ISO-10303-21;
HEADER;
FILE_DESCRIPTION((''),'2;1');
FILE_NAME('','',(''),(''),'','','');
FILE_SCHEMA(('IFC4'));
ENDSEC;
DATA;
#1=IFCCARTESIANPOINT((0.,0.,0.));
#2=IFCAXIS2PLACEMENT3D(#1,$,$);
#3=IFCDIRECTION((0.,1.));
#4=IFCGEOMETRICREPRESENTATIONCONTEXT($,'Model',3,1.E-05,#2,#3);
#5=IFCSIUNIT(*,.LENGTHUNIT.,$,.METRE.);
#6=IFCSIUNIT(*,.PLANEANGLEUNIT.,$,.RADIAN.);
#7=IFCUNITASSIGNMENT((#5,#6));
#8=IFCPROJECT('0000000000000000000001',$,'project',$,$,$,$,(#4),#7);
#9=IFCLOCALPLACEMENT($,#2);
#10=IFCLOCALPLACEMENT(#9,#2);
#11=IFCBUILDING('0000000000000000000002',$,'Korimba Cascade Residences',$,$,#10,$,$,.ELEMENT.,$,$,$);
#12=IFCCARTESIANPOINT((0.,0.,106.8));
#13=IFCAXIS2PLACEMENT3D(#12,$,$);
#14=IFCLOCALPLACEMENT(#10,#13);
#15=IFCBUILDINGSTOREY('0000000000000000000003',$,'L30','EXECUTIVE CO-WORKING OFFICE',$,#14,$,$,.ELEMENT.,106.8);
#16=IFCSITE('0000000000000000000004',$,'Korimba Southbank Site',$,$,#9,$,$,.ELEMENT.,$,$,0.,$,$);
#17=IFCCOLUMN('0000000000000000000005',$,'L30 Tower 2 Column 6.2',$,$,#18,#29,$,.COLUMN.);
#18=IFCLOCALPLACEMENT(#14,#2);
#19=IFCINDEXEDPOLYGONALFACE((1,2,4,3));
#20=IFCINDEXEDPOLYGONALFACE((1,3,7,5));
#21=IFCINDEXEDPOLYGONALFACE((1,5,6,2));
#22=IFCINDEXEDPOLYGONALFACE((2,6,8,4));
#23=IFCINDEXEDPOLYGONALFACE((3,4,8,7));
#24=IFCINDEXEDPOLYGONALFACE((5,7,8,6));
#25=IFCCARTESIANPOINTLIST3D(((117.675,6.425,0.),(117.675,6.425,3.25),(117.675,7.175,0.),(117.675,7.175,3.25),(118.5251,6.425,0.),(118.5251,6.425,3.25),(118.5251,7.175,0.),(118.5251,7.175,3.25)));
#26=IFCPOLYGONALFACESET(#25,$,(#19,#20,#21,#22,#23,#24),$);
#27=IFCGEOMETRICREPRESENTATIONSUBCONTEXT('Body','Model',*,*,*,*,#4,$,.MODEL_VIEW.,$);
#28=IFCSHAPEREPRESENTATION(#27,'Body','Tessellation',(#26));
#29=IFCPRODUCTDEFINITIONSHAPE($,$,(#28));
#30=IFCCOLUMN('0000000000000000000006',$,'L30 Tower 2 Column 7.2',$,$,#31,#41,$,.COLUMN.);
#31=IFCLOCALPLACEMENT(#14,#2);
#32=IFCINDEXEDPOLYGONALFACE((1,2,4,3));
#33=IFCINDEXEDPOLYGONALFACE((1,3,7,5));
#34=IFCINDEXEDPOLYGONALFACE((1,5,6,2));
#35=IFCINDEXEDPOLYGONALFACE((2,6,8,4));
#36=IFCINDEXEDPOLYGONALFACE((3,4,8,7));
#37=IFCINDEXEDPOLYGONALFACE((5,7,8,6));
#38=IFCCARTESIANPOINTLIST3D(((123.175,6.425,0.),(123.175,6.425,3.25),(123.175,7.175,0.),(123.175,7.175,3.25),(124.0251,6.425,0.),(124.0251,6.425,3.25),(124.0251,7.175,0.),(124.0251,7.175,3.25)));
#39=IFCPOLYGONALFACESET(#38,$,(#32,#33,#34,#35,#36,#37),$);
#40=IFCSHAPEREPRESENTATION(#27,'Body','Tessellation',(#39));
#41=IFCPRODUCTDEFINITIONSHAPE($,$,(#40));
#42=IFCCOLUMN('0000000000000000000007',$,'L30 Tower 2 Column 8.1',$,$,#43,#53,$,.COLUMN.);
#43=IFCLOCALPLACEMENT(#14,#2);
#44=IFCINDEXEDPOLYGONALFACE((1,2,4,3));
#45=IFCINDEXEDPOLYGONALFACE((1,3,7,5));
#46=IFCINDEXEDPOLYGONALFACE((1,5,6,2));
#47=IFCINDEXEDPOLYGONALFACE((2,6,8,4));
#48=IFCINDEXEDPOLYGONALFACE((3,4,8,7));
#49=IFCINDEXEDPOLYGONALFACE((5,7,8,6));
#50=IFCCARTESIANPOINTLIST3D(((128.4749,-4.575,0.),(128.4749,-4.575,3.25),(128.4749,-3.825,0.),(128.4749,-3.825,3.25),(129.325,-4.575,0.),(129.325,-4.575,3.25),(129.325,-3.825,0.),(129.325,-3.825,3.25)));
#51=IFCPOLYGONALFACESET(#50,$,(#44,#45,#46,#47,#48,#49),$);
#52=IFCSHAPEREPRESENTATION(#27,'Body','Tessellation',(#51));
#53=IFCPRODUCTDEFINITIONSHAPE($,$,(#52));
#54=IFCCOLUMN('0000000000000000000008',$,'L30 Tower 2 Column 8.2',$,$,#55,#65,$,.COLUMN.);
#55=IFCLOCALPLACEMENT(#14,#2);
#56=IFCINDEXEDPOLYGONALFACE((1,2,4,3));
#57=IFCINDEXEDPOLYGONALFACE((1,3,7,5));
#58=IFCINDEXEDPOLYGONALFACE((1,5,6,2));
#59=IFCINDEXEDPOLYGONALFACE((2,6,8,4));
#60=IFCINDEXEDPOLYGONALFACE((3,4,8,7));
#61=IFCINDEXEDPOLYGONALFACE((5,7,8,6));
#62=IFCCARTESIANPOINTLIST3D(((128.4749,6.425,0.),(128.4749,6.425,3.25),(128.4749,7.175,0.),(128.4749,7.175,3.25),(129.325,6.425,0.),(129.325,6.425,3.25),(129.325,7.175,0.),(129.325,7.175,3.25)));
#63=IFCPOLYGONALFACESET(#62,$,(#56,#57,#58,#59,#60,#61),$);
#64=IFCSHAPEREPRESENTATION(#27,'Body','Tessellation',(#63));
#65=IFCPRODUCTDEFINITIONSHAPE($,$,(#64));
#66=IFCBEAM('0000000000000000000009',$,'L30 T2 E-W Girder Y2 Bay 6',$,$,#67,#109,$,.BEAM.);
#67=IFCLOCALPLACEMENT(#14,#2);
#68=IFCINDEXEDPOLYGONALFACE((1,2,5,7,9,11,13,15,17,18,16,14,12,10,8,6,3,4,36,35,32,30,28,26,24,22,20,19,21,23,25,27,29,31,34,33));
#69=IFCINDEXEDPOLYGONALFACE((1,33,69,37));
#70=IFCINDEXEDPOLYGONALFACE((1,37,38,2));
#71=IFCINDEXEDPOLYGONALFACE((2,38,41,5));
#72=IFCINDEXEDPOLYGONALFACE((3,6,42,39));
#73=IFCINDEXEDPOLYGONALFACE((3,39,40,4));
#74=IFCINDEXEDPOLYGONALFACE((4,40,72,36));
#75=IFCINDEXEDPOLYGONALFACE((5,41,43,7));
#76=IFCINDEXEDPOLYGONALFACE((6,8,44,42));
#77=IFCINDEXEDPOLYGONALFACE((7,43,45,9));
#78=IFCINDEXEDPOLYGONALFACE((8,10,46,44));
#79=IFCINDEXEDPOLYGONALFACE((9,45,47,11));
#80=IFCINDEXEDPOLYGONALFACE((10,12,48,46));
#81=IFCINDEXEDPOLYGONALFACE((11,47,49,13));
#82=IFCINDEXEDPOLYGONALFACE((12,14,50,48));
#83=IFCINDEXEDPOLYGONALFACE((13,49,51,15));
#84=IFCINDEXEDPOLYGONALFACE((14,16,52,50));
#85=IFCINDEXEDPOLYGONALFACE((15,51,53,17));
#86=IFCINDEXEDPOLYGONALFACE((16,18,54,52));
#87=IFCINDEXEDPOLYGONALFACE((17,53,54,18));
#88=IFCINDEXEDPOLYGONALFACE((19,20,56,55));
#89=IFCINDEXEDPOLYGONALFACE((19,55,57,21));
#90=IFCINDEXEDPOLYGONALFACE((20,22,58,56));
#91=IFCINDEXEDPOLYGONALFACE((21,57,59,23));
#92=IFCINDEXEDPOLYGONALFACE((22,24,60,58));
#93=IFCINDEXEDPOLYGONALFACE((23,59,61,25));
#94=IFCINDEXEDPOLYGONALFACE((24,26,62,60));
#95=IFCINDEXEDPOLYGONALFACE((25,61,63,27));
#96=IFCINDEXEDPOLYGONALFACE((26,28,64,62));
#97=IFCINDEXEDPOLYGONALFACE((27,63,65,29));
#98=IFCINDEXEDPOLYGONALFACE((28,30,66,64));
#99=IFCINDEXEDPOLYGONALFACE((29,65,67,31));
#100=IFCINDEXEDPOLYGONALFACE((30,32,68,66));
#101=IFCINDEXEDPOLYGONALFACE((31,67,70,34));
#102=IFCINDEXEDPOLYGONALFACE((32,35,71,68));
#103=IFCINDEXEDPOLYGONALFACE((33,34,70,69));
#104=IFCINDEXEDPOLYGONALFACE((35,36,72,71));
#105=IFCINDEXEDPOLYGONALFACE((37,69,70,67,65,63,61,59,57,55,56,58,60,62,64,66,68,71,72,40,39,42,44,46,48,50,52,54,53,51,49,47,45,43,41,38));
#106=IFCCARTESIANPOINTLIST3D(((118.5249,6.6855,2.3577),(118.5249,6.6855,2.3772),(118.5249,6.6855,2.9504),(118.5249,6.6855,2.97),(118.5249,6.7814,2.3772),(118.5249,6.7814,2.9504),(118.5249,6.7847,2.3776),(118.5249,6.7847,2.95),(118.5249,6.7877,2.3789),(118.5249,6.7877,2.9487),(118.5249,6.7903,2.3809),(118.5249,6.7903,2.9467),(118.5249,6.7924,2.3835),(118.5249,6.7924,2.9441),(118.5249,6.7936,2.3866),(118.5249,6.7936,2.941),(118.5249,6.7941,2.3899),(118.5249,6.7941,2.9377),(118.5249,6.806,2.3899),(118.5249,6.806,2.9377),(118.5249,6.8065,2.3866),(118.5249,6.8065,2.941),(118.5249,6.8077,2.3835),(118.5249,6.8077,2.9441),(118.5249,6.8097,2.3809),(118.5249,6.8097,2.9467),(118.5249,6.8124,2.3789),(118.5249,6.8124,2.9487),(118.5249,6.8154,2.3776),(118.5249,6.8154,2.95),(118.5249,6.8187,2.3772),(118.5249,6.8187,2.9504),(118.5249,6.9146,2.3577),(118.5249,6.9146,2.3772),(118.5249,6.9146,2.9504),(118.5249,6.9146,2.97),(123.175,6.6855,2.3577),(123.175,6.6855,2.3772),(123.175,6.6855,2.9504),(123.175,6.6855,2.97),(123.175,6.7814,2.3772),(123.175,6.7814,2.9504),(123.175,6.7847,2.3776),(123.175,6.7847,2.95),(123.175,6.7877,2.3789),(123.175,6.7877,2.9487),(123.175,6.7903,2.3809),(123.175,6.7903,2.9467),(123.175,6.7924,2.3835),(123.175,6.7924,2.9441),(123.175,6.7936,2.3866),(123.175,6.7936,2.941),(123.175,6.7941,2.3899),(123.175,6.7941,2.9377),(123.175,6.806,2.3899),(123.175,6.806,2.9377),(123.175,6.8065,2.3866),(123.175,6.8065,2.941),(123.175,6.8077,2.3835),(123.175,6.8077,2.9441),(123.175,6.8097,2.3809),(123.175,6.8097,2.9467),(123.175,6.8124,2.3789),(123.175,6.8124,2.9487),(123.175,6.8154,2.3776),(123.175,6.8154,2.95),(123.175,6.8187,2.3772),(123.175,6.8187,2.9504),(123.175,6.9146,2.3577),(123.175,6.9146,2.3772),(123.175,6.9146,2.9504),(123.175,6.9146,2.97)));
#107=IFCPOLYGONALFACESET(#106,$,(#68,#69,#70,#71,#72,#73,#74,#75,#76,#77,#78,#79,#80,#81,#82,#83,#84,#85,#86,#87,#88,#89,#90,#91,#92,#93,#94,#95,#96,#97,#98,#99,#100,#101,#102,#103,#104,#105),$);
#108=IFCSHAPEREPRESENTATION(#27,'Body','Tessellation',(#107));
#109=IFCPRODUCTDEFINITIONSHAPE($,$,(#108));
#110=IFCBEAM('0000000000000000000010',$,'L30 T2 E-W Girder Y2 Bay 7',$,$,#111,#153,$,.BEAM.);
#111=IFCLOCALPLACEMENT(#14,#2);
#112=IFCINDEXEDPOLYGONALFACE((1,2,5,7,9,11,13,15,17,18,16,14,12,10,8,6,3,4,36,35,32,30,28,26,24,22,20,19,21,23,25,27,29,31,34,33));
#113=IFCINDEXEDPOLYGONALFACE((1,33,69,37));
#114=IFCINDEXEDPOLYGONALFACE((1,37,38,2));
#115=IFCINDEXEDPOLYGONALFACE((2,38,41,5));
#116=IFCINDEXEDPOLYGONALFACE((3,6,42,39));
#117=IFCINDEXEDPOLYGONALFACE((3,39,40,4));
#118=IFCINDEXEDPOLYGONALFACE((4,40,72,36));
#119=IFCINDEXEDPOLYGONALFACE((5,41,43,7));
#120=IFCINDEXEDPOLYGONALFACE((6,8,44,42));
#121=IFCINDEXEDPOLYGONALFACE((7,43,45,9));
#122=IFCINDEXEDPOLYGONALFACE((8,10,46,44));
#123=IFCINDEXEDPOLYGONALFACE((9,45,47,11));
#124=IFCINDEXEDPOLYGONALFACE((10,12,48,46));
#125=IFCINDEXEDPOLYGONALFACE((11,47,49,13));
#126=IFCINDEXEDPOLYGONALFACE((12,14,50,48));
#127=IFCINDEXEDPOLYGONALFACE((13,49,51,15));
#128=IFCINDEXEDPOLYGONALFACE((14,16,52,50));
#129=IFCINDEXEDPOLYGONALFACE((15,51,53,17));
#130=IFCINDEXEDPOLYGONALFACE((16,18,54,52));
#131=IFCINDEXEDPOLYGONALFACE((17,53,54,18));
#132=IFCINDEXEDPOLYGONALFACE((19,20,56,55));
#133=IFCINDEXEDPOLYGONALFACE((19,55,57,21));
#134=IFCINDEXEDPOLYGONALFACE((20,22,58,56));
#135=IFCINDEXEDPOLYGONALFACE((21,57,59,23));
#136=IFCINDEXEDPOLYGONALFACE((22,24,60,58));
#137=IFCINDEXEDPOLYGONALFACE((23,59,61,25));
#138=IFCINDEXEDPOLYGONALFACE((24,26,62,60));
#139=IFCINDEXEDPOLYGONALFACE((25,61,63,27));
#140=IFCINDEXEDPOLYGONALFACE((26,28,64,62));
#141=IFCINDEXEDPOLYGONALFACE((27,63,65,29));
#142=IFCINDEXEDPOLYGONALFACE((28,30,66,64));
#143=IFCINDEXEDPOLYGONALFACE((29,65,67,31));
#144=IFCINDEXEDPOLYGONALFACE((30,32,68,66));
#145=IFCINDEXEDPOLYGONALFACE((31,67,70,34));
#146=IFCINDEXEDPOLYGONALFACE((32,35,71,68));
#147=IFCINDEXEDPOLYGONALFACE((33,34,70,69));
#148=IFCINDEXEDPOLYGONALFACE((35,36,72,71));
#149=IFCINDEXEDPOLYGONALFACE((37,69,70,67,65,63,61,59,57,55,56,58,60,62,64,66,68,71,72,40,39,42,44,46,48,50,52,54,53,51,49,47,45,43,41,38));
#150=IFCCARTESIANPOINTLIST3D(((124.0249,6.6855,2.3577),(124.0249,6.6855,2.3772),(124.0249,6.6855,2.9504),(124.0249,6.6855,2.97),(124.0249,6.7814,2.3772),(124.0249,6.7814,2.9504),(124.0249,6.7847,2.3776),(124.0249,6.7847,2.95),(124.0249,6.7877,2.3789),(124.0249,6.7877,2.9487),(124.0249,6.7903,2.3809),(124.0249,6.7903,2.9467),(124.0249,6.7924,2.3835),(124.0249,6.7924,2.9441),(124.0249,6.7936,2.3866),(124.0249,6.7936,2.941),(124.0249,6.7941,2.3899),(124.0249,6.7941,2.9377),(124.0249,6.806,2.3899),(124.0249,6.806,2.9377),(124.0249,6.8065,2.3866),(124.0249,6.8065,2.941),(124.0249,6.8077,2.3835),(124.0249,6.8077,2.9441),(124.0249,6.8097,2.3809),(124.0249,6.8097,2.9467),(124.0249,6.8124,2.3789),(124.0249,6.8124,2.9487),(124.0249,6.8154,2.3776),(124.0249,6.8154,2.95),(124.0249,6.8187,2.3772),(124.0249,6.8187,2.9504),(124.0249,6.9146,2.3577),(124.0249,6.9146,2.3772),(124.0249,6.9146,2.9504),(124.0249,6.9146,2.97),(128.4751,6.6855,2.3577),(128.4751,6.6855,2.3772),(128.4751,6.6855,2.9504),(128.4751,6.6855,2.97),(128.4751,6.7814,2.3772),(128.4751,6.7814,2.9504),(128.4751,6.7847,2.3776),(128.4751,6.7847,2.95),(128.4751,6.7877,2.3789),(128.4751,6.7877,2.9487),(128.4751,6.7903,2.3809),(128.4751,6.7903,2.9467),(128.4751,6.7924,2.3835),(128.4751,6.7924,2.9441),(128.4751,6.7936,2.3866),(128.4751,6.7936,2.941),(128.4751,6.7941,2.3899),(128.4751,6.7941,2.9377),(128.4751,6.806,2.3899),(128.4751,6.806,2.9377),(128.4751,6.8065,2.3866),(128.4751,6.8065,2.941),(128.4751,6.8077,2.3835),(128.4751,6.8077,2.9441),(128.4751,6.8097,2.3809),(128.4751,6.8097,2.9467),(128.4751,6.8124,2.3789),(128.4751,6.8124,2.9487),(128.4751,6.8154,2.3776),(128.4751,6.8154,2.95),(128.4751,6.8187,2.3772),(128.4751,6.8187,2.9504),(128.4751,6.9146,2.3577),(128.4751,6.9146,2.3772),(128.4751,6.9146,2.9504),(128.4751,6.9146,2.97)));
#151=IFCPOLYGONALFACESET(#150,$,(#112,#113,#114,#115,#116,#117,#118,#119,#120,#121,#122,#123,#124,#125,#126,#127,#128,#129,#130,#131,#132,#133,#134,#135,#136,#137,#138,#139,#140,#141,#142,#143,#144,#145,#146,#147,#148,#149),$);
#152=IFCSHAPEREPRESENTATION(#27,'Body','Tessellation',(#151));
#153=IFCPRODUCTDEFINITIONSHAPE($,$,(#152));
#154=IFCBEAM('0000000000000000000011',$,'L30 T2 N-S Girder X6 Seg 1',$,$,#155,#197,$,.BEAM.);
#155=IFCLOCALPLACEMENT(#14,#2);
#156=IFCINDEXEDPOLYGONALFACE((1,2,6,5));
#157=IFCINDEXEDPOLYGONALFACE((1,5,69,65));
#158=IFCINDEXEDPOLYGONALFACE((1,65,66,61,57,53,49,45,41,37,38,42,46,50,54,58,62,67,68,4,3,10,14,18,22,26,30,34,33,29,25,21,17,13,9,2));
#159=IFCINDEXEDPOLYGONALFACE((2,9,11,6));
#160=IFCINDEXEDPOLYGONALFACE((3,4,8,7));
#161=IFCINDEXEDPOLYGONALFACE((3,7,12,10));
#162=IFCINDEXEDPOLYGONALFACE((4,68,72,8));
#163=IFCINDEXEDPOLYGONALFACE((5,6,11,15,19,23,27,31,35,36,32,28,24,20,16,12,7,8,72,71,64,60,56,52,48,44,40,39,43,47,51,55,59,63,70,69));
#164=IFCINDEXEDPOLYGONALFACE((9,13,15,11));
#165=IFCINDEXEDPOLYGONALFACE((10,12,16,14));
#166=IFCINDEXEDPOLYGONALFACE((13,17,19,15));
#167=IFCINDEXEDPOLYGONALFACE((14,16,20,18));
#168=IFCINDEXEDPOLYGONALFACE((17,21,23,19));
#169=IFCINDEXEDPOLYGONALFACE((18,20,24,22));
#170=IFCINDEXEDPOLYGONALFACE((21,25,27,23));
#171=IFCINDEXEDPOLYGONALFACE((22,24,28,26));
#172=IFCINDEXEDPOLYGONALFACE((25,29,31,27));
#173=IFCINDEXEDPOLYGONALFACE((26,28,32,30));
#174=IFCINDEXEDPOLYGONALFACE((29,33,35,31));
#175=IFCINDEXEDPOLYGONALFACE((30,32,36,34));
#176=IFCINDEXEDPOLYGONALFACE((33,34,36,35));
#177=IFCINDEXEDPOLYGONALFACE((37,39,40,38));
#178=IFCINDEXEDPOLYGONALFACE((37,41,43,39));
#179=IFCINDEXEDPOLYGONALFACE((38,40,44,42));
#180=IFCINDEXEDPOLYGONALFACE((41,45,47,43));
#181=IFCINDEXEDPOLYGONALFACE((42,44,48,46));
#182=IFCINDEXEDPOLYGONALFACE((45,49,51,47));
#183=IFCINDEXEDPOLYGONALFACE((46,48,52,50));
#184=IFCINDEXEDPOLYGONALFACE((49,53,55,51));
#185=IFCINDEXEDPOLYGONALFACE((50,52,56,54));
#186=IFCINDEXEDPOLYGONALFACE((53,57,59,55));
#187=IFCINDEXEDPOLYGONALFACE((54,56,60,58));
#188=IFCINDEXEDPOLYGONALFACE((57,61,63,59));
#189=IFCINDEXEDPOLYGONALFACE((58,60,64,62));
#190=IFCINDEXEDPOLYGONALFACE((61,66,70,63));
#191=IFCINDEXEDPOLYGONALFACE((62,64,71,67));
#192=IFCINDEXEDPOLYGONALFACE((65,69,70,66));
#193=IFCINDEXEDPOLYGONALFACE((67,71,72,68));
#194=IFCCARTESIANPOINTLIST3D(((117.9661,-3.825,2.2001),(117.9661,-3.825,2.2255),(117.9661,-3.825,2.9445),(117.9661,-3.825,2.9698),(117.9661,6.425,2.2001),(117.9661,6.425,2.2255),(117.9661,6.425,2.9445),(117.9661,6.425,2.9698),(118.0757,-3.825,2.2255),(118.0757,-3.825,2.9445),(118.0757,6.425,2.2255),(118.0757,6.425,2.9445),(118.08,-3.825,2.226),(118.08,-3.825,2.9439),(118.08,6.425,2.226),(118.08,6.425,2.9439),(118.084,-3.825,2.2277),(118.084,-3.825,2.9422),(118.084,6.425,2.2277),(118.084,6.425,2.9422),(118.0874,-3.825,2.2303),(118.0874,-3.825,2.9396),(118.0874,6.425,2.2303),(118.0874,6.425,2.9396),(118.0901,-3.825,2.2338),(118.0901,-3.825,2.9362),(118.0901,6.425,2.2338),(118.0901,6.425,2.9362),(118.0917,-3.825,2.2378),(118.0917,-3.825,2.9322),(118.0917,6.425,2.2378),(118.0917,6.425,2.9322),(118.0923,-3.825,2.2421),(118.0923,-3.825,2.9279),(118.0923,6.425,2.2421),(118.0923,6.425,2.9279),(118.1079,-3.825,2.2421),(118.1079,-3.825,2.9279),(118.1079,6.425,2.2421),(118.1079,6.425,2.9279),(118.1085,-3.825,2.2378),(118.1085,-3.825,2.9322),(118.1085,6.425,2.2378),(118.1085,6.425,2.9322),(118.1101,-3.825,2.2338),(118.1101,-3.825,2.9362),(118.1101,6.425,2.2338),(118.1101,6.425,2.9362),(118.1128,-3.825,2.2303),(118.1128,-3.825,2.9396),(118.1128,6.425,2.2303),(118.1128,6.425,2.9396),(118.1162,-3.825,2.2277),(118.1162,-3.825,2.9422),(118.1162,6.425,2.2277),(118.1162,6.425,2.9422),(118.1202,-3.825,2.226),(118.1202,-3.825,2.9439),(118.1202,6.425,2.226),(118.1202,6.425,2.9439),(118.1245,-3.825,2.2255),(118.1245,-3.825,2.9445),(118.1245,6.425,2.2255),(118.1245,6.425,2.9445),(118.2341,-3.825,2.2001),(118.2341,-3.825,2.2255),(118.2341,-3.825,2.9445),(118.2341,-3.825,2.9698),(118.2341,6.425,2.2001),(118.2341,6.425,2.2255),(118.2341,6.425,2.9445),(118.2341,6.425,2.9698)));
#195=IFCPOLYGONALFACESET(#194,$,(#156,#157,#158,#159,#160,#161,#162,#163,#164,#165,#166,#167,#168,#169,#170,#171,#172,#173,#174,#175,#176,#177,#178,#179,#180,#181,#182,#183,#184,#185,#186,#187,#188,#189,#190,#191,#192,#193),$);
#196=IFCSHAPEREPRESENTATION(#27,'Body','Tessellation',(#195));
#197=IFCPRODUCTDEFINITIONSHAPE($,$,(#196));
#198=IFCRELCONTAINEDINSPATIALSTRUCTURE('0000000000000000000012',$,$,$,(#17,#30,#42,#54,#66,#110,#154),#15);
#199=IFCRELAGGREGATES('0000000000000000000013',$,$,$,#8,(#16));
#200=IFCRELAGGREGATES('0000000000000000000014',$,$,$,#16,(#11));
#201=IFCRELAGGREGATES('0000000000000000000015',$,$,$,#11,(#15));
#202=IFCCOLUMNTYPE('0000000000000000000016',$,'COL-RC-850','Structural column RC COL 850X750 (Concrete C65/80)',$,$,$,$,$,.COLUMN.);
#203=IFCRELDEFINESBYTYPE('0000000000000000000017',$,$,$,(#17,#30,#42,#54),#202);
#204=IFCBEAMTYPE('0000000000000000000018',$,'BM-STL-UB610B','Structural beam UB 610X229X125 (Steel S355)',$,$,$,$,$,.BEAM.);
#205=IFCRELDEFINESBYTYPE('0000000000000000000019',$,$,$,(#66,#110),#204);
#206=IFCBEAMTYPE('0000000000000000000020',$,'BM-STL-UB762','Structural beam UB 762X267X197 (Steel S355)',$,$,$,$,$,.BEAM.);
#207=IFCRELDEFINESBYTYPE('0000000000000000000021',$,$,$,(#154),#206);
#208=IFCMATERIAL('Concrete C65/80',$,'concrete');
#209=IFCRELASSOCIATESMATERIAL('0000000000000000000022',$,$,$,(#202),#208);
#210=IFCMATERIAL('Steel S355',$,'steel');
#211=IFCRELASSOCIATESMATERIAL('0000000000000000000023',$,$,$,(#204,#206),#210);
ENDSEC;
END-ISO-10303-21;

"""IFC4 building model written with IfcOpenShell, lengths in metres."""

from ifc_helpers import new_model, si_unit, direction, frame, origin, origin_2d, place, context, subcontext, project, spatial, rectangle, i_section, extrude, material, material_profile, profile_set, type_object, element, save


model = new_model("IFC4")

# Units and contexts
model_context = context("Model", 3, precision=1e-05, world=origin(), true_north=direction((0.0, 1.0)))
body_context = subcontext(model_context, "Body", "Model", "MODEL_VIEW")
ifc_project = project(units=[si_unit("LENGTHUNIT", "METRE"), si_unit("PLANEANGLEUNIT", "RADIAN")], contexts=[model_context])

# Site, building, storey
site_placement = place(None, origin())
site = spatial("IfcSite", under=ifc_project, at=site_placement, Name="Korimba Southbank Site", CompositionType="ELEMENT", RefElevation=0.0)
building_placement = place(site_placement, origin())
building = spatial("IfcBuilding", under=site, at=building_placement, Name="Korimba Cascade Residences", CompositionType="ELEMENT")
storey_placement = place(building_placement, frame((0.0, 0.0, 106.8)))
storey = spatial("IfcBuildingStorey", under=building, at=storey_placement, Name="L30", Description="EXECUTIVE CO-WORKING OFFICE", CompositionType="ELEMENT", Elevation=106.8)

# Columns
ifc_material_1 = material(Name="Concrete C65/80", Category="concrete")
ifc_material_profile_1 = material_profile(ifc_material_1, rectangle(XDim=0.8501, YDim=0.75, at=origin_2d()), Name="Concrete C65/80")
ifc_profile_set_1 = profile_set([ifc_material_profile_1], Name="Concrete C65/80")
column_type = type_object("IfcColumnType", Name="COL-RC-850", Description="Structural column RC COL 850X750 (Concrete C65/80)", PredefinedType="COLUMN", material=ifc_profile_set_1)
for number, where, z_axis, x_axis, name in (
    (1, (118.1001, 6.8, 0.0), (0.0, 0.0, 1.0), (1.0, 0.0, 0.0), "L30 Tower 2 Column 6.2"),
    (2, (123.6001, 6.8, 0.0), (0.0, 0.0, 1.0), (1.0, 0.0, 0.0), "L30 Tower 2 Column 7.2"),
    (3, (128.8999, -4.2, 0.0), (0.0, 0.0, 1.0), (1.0, 0.0, 0.0), "L30 Tower 2 Column 8.1"),
    (4, (128.8999, 6.8, 0.0), (0.0, 0.0, 1.0), (1.0, 0.0, 0.0), "L30 Tower 2 Column 8.2"),
):
    element("IfcColumn", number, at=place(storey_placement, frame(where, z_axis=z_axis, x_axis=x_axis)), inside=storey, type_object=column_type, Name=name, PredefinedType="COLUMN", context=body_context, shape_type="SweptSolid", body=[
        extrude(rectangle(XDim=0.8501, YDim=0.75, at=origin_2d()), origin(), (0.0, 0.0, 1.0), 3.25),
    ])

# Beams
ifc_material_2 = material(Name="Steel S355", Category="steel")
ifc_material_profile_2 = material_profile(ifc_material_2, i_section(OverallWidth=0.229, OverallDepth=0.6123, WebThickness=0.012, FlangeThickness=0.0195, FilletRadius=0.0127, at=origin_2d()), Name="Steel S355")
ifc_profile_set_2 = profile_set([ifc_material_profile_2], Name="Steel S355")
beam_type_1 = type_object("IfcBeamType", Name="BM-STL-UB610B", Description="Structural beam UB 610X229X125 (Steel S355)", PredefinedType="BEAM", material=ifc_profile_set_2)
beam_1_placement = place(storey_placement, frame((118.5249, 6.8, 2.6638), z_axis=(1.0, 0.0, 0.0), x_axis=(0.0, 1.0, 0.0)))
element("IfcBeam", 5, at=beam_1_placement, inside=storey, type_object=beam_type_1, Name="L30 T2 E-W Girder Y2 Bay 6", PredefinedType="BEAM", context=body_context, shape_type="SweptSolid", body=[
    extrude(i_section(OverallWidth=0.229, OverallDepth=0.6123, WebThickness=0.012, FlangeThickness=0.0195, FilletRadius=0.0127, at=origin_2d()), origin(), (0.0, 0.0, 1.0), 4.6501),
])
beam_2_placement = place(storey_placement, frame((124.0249, 6.8, 2.6638), z_axis=(1.0, 0.0, 0.0), x_axis=(0.0, 1.0, 0.0)))
element("IfcBeam", 6, at=beam_2_placement, inside=storey, type_object=beam_type_1, Name="L30 T2 E-W Girder Y2 Bay 7", PredefinedType="BEAM", context=body_context, shape_type="SweptSolid", body=[
    extrude(i_section(OverallWidth=0.229, OverallDepth=0.6123, WebThickness=0.012, FlangeThickness=0.0195, FilletRadius=0.0127, at=origin_2d()), origin(), (0.0, 0.0, 1.0), 4.4502),
])
ifc_material_profile_3 = material_profile(ifc_material_2, i_section(OverallWidth=0.2681, OverallDepth=0.7698, WebThickness=0.0156, FlangeThickness=0.0254, FilletRadius=0.0166, at=origin_2d()), Name="Steel S355")
ifc_profile_set_3 = profile_set([ifc_material_profile_3], Name="Steel S355")
beam_type_2 = type_object("IfcBeamType", Name="BM-STL-UB762", Description="Structural beam UB 762X267X197 (Steel S355)", PredefinedType="BEAM", material=ifc_profile_set_3)
for number, where, z_axis, x_axis, name in (
    (7, (118.1001, -3.825, 2.585), (0.0, 1.0, 0.0), (-1.0, 0.0, 0.0), "L30 T2 N-S Girder X6 Seg 1"),
):
    element("IfcBeam", number, at=place(storey_placement, frame(where, z_axis=z_axis, x_axis=x_axis)), inside=storey, type_object=beam_type_2, Name=name, PredefinedType="BEAM", context=body_context, shape_type="SweptSolid", body=[
        extrude(i_section(OverallWidth=0.2681, OverallDepth=0.7698, WebThickness=0.0156, FlangeThickness=0.0254, FilletRadius=0.0166, at=origin_2d()), origin(), (0.0, 0.0, 1.0), 10.25),
    ])

save(model, "model.ifc")
